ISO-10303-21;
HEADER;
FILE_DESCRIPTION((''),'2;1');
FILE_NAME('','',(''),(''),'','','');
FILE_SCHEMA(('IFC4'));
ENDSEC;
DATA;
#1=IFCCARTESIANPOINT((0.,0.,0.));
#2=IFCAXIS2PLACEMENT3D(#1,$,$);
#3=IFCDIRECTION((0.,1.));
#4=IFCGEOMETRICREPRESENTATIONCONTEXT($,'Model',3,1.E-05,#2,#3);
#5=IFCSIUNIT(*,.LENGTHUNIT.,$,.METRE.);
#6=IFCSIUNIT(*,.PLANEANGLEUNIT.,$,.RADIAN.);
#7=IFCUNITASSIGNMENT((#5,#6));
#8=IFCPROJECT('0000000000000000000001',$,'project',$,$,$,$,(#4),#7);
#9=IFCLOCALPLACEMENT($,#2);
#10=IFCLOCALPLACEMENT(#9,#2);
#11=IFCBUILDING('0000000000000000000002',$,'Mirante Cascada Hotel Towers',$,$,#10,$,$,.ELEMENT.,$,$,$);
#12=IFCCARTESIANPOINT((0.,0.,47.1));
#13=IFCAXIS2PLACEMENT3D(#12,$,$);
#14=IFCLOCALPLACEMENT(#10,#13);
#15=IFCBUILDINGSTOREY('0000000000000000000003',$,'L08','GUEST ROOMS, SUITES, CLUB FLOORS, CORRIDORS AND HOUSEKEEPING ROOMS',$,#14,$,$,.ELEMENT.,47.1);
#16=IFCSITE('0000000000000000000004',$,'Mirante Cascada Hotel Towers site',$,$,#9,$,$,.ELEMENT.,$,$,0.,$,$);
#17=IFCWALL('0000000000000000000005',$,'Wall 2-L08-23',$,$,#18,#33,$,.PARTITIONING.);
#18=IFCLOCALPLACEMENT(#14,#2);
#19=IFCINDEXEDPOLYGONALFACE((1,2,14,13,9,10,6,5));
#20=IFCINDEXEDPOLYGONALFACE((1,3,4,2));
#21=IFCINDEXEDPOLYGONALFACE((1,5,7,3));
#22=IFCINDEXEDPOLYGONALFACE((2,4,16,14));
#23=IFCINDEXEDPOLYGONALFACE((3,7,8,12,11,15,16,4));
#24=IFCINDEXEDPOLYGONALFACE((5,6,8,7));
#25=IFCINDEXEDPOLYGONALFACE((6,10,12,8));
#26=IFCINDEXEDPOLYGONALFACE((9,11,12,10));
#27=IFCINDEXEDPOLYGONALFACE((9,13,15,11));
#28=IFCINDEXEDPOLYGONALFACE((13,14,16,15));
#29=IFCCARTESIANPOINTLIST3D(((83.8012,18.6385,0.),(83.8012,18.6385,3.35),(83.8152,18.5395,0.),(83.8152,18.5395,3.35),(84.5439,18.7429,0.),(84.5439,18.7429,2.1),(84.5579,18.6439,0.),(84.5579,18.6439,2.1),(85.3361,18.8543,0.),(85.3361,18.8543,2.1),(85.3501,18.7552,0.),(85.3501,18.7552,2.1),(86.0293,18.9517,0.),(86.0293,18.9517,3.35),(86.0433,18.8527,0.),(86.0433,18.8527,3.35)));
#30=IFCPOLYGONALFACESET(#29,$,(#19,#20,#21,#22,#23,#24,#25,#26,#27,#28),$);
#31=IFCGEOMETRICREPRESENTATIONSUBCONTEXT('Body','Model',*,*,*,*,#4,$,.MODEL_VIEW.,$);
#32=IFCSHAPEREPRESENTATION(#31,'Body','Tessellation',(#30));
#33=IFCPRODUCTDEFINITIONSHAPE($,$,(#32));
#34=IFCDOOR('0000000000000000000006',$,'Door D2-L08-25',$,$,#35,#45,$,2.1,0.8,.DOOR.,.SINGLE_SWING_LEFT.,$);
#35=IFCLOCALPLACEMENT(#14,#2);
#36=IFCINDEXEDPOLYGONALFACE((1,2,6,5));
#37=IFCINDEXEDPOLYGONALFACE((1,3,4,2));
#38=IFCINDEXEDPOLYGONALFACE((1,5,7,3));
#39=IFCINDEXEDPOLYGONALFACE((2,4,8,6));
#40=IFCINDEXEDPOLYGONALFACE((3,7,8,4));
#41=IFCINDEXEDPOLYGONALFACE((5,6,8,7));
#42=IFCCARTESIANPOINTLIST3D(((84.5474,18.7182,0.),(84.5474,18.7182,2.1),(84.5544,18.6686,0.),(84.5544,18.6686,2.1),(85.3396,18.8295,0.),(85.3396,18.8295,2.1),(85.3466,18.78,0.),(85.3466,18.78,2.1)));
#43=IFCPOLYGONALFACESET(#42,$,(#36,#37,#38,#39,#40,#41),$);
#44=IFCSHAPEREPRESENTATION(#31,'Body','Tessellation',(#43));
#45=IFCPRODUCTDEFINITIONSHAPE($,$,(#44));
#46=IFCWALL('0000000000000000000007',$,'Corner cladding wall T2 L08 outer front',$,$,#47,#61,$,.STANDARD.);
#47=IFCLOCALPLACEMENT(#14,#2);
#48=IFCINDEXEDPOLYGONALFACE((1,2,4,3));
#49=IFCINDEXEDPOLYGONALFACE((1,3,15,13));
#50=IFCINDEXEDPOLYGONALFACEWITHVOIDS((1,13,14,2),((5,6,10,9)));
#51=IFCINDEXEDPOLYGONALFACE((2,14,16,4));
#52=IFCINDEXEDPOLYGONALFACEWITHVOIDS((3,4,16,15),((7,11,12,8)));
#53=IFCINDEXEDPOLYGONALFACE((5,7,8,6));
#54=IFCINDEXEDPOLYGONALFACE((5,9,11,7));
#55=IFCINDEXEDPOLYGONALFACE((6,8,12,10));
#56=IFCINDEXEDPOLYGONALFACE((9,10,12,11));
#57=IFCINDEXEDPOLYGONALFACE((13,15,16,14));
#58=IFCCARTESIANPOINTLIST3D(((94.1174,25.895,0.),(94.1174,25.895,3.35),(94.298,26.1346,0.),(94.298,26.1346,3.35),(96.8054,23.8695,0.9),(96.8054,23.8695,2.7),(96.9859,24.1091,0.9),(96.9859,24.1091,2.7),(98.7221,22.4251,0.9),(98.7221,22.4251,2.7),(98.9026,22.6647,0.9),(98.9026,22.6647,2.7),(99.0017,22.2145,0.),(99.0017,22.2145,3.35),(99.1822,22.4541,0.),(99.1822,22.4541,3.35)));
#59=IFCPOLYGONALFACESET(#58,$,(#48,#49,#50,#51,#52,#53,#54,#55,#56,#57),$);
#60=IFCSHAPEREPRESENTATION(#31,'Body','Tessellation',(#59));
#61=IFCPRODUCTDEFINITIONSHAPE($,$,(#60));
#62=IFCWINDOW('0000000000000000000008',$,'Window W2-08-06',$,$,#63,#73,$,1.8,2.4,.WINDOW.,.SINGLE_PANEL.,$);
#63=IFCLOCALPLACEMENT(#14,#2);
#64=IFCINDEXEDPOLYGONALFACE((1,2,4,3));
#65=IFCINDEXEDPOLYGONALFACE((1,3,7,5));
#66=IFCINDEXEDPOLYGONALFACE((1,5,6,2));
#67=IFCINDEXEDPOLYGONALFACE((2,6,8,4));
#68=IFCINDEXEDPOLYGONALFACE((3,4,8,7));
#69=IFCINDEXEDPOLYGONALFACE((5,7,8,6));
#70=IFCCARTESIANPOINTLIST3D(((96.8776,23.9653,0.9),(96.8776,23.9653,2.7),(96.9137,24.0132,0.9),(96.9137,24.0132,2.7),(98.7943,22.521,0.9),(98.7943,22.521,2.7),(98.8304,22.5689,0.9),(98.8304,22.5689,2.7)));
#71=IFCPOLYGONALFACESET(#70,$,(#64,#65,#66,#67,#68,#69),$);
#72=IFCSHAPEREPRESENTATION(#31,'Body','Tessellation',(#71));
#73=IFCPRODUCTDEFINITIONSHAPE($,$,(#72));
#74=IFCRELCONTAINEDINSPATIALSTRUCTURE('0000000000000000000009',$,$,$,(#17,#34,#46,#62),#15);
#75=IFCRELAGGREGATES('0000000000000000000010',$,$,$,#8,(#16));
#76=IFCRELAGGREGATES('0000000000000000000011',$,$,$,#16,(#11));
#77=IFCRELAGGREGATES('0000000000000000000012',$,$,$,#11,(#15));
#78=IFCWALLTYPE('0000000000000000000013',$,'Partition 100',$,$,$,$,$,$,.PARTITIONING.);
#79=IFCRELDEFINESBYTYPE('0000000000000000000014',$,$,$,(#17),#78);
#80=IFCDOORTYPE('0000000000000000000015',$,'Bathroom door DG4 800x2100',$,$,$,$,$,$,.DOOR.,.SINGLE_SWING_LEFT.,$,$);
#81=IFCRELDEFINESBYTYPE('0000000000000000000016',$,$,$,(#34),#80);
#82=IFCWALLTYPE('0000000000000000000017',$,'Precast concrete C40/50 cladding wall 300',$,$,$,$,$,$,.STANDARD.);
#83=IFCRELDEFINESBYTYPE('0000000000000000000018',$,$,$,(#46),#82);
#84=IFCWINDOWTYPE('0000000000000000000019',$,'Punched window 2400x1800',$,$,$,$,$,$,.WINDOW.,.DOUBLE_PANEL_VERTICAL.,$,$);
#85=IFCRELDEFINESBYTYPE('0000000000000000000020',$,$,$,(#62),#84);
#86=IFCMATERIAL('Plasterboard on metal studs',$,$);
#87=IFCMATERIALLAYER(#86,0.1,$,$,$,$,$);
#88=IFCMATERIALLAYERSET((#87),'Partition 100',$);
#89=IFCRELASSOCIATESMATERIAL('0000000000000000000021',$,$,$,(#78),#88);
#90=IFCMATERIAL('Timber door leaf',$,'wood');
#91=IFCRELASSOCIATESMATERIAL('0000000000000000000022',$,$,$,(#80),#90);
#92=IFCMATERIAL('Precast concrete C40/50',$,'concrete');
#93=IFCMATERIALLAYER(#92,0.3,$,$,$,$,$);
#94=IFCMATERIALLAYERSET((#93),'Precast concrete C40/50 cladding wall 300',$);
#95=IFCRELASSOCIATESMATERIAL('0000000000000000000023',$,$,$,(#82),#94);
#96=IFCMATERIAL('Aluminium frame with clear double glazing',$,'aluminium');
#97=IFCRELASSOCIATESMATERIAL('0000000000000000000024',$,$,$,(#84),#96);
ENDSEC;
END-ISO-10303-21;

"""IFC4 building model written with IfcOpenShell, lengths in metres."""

from ifc_helpers import new_model, si_unit, direction, frame, frame_2d, origin, place, context, subcontext, project, spatial, rectangle, extrude, material, layer, layer_set, type_object, element, fill, save


model = new_model("IFC4")

# Units and contexts
model_context = context("Model", 3, precision=1e-05, world=origin(), true_north=direction((0.0, 1.0)))
body_context = subcontext(model_context, "Body", "Model", "MODEL_VIEW")
ifc_project = project(units=[si_unit("LENGTHUNIT", "METRE"), si_unit("PLANEANGLEUNIT", "RADIAN")], contexts=[model_context])

# Site, building, storey
site_placement = place(None, origin())
site = spatial("IfcSite", under=ifc_project, at=site_placement, Name="Mirante Cascada Hotel Towers site", CompositionType="ELEMENT", RefElevation=0.0)
building_placement = place(site_placement, origin())
building = spatial("IfcBuilding", under=site, at=building_placement, Name="Mirante Cascada Hotel Towers", CompositionType="ELEMENT")
storey_placement = place(building_placement, frame((0.0, 0.0, 47.1)))
storey = spatial("IfcBuildingStorey", under=building, at=storey_placement, Name="L08", Description="GUEST ROOMS, SUITES, CLUB FLOORS, CORRIDORS AND HOUSEKEEPING ROOMS", CompositionType="ELEMENT", Elevation=47.1)

# Wall, opening, door
ifc_material_1 = material(Name="Plasterboard on metal studs")
ifc_layer_1 = layer(ifc_material_1, 0.1)
ifc_layer_set_1 = layer_set([ifc_layer_1], Name="Partition 100")
wall_type_1 = type_object("IfcWallType", Name="Partition 100", PredefinedType="PARTITIONING", material=ifc_layer_set_1)
wall_1_placement = place(storey_placement, frame((83.8082, 18.589, 0.0), z_axis=(0.0, 0.0, 1.0), x_axis=(0.990264, 0.1392, 0.0)))
wall_1 = element("IfcWall", 1, at=wall_1_placement, inside=storey, type_object=wall_type_1, Name="Wall 2-L08-23", PredefinedType="PARTITIONING", context=body_context, shape_type="SweptSolid", body=[
    extrude(rectangle(XDim=2.25, YDim=0.1, at=frame_2d((1.125, 0.0))), origin(), (0.0, 0.0, 1.0), 3.35),
])
opening_1_placement = place(wall_1_placement, frame((0.75, 0.0, 0.0)))
opening_1 = element("IfcOpeningElement", 2, at=opening_1_placement, cuts=wall_1, PredefinedType="OPENING", context=body_context, shape_type="SweptSolid", body=[
    extrude(rectangle(XDim=0.8, YDim=2.1, at=frame_2d((0.4, 1.05))), frame((0.0, 0.05, 0.0), z_axis=(0.0, -1.0, 0.0), x_axis=(1.0, 0.0, 0.0)), (0.0, 0.0, 1.0), 0.1),
])
ifc_material_2 = material(Name="Timber door leaf", Category="wood")
door_type = type_object("IfcDoorType", Name="Bathroom door DG4 800x2100", OperationType="SINGLE_SWING_LEFT", PredefinedType="DOOR", material=ifc_material_2)
door_placement = place(opening_1_placement, origin())
door = element("IfcDoor", 3, at=door_placement, inside=storey, type_object=door_type, Name="Door D2-L08-25", OperationType="SINGLE_SWING_LEFT", OverallHeight=2.1, OverallWidth=0.8, PredefinedType="DOOR", context=body_context, shape_type="SweptSolid", body=[
    extrude(rectangle(XDim=0.8, YDim=2.1, at=frame_2d((0.4, 1.05))), frame((0.0, 0.025, 0.0), z_axis=(0.0, -1.0, 0.0), x_axis=(1.0, 0.0, 0.0)), (0.0, 0.0, 1.0), 0.05),
])
fill(opening_1, door)

# Wall, opening, window
ifc_material_3 = material(Name="Precast concrete C40/50", Category="concrete")
ifc_layer_2 = layer(ifc_material_3, 0.3)
ifc_layer_set_2 = layer_set([ifc_layer_2], Name="Precast concrete C40/50 cladding wall 300")
wall_type_2 = type_object("IfcWallType", Name="Precast concrete C40/50 cladding wall 300", PredefinedType="STANDARD", material=ifc_layer_set_2)
wall_2_placement = place(storey_placement, frame((99.0919, 22.3343, 0.0), z_axis=(0.0, 0.0, 1.0), x_axis=(-0.798636, 0.601814, 0.0)))
wall_2 = element("IfcWall", 4, at=wall_2_placement, inside=storey, type_object=wall_type_2, Name="Corner cladding wall T2 L08 outer front", PredefinedType="STANDARD", context=body_context, shape_type="SweptSolid", body=[
    extrude(rectangle(XDim=6.1157, YDim=0.3, at=frame_2d((3.0578, 0.0))), origin(), (0.0, 0.0, 1.0), 3.35),
])
opening_2_placement = place(wall_2_placement, frame((0.35, 0.0, 0.9)))
opening_2 = element("IfcOpeningElement", 5, at=opening_2_placement, cuts=wall_2, PredefinedType="OPENING", context=body_context, shape_type="SweptSolid", body=[
    extrude(rectangle(XDim=2.4, YDim=1.8, at=frame_2d((1.2, 0.9))), frame((0.0, 0.15, 0.0), z_axis=(0.0, -1.0, 0.0), x_axis=(1.0, 0.0, 0.0)), (0.0, 0.0, 1.0), 0.3),
])
ifc_material_4 = material(Name="Aluminium frame with clear double glazing", Category="aluminium")
window_type = type_object("IfcWindowType", Name="Punched window 2400x1800", PartitioningType="DOUBLE_PANEL_VERTICAL", PredefinedType="WINDOW", material=ifc_material_4)
window_placement = place(opening_2_placement, origin())
window = element("IfcWindow", 6, at=window_placement, inside=storey, type_object=window_type, Name="Window W2-08-06", OverallHeight=1.8, OverallWidth=2.4, PartitioningType="SINGLE_PANEL", PredefinedType="WINDOW", context=body_context, shape_type="SweptSolid", body=[
    extrude(rectangle(XDim=2.4, YDim=1.8, at=frame_2d((1.2, 0.9))), frame((0.0, 0.03, 0.0), z_axis=(0.0, -1.0, 0.0), x_axis=(1.0, 0.0, 0.0)), (0.0, 0.0, 1.0), 0.06),
])
fill(opening_2, window)

save(model, "model.ifc")
